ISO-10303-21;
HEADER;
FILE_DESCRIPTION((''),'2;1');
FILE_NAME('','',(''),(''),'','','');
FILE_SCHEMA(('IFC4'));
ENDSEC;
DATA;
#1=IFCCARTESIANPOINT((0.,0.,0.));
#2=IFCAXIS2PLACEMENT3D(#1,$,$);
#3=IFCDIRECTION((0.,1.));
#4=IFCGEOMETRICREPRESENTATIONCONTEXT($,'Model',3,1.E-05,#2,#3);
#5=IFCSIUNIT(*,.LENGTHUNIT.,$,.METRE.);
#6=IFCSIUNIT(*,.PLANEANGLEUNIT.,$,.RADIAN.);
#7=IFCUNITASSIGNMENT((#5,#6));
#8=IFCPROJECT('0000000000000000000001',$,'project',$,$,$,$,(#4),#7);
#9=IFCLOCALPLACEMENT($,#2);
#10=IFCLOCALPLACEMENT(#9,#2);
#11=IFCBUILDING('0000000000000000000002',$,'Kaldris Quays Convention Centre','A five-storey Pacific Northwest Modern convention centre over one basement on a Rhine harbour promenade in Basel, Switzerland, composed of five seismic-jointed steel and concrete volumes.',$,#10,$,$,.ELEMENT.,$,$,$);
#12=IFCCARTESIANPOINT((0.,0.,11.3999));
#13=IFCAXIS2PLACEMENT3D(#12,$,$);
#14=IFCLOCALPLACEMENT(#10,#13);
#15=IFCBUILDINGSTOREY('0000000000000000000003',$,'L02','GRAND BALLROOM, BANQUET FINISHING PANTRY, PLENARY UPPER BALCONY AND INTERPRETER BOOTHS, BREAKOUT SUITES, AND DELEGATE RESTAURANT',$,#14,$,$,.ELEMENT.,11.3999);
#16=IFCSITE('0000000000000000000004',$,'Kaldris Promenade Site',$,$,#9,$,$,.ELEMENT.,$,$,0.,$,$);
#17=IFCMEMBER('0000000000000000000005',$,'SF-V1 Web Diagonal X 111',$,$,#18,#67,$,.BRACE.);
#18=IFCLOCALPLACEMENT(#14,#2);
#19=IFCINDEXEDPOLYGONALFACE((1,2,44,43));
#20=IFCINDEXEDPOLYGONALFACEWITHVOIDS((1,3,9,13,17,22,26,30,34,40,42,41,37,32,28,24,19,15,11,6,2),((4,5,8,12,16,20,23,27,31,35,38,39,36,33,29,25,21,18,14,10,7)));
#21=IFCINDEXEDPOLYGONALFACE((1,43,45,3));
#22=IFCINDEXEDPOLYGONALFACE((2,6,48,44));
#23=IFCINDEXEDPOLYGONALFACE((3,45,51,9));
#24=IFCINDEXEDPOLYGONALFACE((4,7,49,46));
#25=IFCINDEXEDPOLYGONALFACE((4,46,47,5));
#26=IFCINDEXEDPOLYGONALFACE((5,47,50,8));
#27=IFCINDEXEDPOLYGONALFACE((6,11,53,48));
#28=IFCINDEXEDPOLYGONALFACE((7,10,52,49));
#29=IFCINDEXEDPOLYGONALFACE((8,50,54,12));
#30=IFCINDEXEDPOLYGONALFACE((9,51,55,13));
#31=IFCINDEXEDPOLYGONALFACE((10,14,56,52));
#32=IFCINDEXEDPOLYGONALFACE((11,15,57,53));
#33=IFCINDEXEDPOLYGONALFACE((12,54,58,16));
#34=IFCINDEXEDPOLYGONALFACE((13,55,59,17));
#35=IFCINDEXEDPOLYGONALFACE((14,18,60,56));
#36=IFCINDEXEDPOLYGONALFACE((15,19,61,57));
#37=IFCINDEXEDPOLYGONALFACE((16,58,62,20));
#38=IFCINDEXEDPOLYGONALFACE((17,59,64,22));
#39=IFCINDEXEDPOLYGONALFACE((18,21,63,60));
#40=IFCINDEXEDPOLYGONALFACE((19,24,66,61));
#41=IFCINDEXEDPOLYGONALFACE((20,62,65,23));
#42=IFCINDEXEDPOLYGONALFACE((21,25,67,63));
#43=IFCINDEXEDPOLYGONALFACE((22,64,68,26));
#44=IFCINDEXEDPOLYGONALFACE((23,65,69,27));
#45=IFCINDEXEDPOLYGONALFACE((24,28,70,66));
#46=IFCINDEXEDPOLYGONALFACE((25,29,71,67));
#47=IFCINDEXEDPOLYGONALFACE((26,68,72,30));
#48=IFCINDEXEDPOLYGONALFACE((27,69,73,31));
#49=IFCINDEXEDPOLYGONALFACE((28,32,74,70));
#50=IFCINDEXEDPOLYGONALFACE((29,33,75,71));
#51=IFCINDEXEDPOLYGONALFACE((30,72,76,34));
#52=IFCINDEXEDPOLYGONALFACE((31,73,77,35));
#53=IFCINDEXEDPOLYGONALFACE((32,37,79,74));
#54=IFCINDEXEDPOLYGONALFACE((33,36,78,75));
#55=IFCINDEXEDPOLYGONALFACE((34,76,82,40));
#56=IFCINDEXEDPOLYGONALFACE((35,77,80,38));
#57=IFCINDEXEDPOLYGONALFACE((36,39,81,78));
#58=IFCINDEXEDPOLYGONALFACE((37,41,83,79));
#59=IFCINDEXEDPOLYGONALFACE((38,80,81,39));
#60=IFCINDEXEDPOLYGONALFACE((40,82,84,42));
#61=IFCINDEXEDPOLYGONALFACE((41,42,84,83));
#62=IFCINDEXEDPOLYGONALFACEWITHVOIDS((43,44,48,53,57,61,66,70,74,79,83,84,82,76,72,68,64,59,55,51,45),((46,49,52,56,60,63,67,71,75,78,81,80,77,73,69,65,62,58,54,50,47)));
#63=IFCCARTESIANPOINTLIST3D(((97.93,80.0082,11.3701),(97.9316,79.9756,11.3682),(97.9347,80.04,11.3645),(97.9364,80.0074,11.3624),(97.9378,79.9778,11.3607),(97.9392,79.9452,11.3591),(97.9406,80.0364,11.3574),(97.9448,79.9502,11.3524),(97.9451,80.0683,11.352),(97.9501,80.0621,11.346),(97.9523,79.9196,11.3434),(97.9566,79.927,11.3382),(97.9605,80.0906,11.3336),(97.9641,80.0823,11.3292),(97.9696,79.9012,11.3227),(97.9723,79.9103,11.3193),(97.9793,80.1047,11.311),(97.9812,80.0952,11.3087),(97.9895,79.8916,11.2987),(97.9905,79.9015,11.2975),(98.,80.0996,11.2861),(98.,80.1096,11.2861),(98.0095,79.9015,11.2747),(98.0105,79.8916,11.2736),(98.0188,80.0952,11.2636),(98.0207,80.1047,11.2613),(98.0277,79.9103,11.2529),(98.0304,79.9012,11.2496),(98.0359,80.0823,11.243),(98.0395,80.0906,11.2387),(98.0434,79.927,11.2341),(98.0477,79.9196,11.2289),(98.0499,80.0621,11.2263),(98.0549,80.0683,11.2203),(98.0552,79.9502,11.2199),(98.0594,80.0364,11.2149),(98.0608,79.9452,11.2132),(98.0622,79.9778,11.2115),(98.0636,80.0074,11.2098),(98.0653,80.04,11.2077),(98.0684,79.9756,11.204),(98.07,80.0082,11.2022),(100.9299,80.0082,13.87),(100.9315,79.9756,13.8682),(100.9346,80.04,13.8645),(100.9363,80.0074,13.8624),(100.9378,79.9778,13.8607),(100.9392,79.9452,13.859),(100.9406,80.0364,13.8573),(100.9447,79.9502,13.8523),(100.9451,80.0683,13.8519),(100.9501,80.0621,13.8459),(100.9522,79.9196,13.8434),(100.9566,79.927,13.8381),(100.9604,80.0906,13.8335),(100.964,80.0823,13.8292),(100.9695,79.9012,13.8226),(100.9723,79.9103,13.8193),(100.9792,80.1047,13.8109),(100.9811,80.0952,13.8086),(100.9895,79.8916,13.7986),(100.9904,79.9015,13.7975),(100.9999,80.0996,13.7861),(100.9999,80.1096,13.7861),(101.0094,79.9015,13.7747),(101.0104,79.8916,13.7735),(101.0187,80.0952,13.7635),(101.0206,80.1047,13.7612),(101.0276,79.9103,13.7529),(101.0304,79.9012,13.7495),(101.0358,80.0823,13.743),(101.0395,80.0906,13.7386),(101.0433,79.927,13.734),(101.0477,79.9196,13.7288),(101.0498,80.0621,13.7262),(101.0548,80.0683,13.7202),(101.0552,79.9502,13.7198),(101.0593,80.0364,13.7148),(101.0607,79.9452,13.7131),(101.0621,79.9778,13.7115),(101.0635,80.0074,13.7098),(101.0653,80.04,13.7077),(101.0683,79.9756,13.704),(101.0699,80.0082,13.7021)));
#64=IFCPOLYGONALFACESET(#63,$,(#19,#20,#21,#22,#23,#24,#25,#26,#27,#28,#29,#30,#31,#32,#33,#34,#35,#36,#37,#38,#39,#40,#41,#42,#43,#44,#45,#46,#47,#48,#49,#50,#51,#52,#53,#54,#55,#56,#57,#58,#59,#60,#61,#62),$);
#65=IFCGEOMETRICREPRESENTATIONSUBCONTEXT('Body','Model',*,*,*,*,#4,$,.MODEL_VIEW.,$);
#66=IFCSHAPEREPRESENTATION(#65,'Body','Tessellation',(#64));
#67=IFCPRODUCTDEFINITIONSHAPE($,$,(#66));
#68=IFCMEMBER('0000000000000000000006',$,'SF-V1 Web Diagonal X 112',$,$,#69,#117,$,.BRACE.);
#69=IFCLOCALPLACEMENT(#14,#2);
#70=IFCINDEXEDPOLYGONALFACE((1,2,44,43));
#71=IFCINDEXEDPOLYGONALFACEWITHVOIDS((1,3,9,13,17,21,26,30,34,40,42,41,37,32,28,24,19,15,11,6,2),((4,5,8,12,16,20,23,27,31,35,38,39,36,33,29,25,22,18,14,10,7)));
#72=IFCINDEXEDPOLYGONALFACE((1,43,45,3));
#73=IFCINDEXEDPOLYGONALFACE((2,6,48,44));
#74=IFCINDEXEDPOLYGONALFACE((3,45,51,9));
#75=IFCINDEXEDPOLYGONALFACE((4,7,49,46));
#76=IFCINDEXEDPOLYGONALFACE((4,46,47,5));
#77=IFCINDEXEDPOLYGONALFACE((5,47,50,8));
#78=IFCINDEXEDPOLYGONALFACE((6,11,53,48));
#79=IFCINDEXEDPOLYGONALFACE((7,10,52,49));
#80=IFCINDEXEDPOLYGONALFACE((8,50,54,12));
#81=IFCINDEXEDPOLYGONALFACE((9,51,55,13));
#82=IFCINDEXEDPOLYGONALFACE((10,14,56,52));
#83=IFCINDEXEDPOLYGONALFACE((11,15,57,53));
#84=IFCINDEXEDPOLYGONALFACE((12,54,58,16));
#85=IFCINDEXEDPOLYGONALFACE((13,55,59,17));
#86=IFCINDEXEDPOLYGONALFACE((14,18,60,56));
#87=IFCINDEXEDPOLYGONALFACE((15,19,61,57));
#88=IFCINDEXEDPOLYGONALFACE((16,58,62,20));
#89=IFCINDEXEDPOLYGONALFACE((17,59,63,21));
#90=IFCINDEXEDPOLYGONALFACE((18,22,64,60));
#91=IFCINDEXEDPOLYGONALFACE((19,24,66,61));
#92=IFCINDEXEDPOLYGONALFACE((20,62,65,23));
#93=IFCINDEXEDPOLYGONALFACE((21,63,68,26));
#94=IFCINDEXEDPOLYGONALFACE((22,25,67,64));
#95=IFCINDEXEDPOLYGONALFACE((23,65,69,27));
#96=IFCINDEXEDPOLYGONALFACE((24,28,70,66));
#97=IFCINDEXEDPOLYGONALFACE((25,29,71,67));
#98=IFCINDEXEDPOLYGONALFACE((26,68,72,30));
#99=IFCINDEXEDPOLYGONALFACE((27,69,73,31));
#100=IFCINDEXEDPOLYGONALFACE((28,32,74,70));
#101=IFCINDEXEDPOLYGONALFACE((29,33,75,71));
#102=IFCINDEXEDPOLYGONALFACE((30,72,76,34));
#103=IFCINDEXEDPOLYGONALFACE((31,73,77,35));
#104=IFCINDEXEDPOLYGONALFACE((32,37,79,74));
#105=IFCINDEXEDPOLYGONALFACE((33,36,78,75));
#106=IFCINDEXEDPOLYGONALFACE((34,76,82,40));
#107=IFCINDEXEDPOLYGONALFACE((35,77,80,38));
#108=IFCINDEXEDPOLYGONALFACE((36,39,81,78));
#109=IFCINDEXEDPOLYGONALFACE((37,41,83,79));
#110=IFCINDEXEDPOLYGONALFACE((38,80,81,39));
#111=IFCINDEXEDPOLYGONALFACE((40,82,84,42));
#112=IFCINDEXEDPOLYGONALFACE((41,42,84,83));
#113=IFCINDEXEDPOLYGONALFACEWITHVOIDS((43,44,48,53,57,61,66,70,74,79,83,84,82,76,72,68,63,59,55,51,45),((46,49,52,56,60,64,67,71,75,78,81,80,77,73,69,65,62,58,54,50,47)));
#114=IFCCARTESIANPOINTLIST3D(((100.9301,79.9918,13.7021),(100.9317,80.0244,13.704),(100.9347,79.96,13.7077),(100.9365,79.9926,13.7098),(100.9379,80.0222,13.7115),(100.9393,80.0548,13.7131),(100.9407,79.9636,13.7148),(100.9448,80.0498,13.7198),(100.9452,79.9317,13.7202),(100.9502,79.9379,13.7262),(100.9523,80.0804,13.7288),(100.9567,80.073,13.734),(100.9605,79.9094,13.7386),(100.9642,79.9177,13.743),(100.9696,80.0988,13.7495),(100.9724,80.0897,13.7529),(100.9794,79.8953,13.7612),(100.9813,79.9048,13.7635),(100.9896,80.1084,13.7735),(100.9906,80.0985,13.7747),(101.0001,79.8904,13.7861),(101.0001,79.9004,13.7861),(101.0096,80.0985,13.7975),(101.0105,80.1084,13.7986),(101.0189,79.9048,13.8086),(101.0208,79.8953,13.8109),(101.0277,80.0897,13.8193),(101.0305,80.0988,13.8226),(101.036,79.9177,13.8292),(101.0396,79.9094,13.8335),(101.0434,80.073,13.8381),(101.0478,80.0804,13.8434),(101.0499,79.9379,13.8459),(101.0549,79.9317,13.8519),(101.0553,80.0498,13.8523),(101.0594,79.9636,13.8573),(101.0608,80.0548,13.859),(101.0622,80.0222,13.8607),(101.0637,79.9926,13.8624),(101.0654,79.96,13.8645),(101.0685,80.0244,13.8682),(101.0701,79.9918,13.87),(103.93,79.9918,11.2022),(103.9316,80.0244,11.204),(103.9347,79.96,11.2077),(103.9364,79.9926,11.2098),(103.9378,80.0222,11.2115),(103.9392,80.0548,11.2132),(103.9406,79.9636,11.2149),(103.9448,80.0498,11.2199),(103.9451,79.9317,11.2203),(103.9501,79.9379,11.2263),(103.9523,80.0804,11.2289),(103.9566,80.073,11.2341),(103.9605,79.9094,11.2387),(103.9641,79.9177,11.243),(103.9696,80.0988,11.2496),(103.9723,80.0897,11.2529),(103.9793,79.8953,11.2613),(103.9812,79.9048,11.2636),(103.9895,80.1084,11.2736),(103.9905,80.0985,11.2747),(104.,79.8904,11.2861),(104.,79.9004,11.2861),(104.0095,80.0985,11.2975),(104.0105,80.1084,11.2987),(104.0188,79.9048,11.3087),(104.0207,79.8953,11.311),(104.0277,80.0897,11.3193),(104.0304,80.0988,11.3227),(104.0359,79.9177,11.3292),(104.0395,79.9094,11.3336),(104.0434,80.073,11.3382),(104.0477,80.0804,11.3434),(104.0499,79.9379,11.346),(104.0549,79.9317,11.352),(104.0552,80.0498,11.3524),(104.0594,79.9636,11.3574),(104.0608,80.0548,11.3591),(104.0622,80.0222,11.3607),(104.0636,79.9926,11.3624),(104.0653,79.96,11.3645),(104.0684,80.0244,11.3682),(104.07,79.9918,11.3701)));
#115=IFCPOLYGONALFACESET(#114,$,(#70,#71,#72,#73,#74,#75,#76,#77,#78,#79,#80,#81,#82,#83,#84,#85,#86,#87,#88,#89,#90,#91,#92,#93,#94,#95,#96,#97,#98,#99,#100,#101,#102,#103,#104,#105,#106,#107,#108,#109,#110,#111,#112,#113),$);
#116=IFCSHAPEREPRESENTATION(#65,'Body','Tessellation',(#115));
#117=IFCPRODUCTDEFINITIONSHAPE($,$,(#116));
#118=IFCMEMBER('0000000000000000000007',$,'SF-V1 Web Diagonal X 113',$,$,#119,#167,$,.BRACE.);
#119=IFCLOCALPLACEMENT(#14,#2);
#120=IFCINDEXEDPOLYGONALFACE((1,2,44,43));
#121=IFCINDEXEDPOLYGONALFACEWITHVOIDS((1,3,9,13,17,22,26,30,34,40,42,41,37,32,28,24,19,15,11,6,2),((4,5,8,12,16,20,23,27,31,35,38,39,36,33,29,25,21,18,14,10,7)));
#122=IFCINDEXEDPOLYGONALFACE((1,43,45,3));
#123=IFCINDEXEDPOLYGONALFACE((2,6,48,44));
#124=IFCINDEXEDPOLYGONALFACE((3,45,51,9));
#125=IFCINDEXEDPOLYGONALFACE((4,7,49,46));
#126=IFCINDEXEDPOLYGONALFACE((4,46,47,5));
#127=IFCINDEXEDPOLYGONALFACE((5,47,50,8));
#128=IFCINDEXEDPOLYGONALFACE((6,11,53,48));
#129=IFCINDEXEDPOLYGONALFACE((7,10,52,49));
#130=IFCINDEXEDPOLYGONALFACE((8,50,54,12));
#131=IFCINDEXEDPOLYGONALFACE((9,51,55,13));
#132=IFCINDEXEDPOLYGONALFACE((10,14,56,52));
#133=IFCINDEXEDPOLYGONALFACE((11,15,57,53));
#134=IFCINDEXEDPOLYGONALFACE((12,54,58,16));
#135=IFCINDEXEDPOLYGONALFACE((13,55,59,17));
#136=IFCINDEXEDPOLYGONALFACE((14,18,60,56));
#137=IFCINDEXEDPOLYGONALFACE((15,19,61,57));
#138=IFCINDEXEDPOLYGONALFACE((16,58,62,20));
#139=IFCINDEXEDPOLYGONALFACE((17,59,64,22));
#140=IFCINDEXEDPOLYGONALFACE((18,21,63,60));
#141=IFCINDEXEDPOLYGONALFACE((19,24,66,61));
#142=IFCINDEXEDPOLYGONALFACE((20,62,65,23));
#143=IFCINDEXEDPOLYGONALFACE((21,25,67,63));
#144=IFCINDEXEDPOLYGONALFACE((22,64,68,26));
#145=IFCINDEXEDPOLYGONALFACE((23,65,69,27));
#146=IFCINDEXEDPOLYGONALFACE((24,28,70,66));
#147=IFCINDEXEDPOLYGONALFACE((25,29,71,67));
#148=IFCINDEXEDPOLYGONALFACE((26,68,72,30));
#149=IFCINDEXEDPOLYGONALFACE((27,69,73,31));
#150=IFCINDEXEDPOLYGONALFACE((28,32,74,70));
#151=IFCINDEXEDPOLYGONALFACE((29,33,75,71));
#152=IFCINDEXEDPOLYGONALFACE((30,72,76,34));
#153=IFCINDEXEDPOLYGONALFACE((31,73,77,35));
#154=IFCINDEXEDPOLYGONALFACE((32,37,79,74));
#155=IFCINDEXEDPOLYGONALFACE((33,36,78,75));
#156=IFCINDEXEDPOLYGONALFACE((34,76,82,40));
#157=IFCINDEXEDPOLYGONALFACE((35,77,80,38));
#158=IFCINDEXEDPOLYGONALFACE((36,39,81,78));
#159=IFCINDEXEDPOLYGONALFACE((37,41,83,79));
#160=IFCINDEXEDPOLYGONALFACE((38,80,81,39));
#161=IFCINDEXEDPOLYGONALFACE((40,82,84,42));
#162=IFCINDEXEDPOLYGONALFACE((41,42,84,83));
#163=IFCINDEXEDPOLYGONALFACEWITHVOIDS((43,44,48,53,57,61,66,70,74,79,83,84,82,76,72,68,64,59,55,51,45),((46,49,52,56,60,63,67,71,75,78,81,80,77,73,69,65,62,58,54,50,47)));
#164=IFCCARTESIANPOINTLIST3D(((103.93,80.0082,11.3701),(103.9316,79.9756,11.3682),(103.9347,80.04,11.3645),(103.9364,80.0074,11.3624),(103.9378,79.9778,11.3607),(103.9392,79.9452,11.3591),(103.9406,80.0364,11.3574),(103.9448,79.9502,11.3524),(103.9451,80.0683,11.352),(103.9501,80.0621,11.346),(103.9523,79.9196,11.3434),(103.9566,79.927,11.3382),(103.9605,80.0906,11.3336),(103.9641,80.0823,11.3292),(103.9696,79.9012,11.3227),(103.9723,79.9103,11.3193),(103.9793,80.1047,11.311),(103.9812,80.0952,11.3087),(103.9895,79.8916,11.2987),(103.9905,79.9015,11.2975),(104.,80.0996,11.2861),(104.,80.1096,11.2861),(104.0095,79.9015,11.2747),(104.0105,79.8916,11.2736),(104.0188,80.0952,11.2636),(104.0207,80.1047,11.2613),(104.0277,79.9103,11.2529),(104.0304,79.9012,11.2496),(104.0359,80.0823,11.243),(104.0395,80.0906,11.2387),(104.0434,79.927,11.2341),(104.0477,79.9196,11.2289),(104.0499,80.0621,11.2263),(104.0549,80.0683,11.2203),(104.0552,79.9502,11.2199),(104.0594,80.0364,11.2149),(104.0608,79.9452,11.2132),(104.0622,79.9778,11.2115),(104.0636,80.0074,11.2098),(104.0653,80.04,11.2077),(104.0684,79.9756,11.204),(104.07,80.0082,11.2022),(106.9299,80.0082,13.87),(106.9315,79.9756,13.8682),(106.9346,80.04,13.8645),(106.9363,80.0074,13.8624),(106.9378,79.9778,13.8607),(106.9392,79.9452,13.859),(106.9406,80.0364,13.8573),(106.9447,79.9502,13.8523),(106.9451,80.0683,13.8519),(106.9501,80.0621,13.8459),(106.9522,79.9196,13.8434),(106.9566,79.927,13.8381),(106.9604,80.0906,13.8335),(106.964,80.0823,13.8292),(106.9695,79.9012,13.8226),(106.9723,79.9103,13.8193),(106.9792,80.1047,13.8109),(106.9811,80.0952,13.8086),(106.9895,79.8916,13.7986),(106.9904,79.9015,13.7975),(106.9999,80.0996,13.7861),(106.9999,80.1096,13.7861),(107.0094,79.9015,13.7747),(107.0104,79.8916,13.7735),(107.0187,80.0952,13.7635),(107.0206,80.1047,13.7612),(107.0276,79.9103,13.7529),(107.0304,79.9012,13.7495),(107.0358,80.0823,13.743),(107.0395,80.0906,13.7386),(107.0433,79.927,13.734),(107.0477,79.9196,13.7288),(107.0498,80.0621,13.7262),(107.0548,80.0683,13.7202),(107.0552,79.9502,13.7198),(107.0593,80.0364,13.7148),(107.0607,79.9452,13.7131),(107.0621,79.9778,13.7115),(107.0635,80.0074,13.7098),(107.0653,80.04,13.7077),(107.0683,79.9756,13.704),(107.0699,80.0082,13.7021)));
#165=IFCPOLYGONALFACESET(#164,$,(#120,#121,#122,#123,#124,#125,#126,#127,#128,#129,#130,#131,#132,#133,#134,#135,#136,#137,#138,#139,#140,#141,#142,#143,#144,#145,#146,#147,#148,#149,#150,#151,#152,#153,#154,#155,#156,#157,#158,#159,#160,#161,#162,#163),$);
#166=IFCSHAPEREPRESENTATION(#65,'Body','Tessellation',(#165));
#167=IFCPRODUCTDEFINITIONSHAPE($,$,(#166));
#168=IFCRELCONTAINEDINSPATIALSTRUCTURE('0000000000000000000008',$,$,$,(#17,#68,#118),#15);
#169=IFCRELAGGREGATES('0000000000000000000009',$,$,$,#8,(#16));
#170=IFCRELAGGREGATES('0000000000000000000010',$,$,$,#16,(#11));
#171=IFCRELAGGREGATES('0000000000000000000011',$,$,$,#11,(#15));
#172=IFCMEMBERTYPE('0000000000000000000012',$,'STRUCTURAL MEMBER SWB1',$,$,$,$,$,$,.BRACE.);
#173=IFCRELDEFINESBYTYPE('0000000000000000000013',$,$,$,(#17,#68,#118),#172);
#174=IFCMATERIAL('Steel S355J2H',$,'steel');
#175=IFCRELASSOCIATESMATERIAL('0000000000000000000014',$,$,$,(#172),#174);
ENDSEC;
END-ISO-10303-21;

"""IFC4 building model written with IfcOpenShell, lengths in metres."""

from ifc_helpers import new_model, si_unit, direction, frame, origin, origin_2d, place, context, subcontext, project, spatial, hollow_circle, extrude, material, material_profile, profile_set, type_object, element, save


model = new_model("IFC4")

# Units and contexts
model_context = context("Model", 3, precision=1e-05, world=origin(), true_north=direction((0.0, 1.0)))
body_context = subcontext(model_context, "Body", "Model", "MODEL_VIEW")
ifc_project = project(units=[si_unit("LENGTHUNIT", "METRE"), si_unit("PLANEANGLEUNIT", "RADIAN")], contexts=[model_context])

# Site, building, storey
site_placement = place(None, origin())
site = spatial("IfcSite", under=ifc_project, at=site_placement, Name="Kaldris Promenade Site", CompositionType="ELEMENT", RefElevation=0.0)
building_placement = place(site_placement, origin())
building = spatial("IfcBuilding", under=site, at=building_placement, Name="Kaldris Quays Convention Centre", Description="A five-storey Pacific Northwest Modern convention centre over one basement on a Rhine harbour promenade in Basel, Switzerland, composed of five seismic-jointed steel and concrete volumes.", CompositionType="ELEMENT")
storey_placement = place(building_placement, frame((0.0, 0.0, 11.3999)))
storey = spatial("IfcBuildingStorey", under=building, at=storey_placement, Name="L02", Description="GRAND BALLROOM, BANQUET FINISHING PANTRY, PLENARY UPPER BALCONY AND INTERPRETER BOOTHS, BREAKOUT SUITES, AND DELEGATE RESTAURANT", CompositionType="ELEMENT", Elevation=11.3999)

# Members
ifc_material = material(Name="Steel S355J2H", Category="steel")
ifc_material_profile_1 = material_profile(ifc_material, hollow_circle(Radius=0.1096, WallThickness=0.01, at=origin_2d()), Name="CHS 219.1x10")
ifc_profile_set_1 = profile_set([ifc_material_profile_1], Name="Steel S355J2H")
member_type_1 = type_object("IfcMemberType", Name="STRUCTURAL MEMBER SWB1", PredefinedType="BRACE", material=ifc_profile_set_1)
for number, where, z_axis, x_axis, name in (
    (1, (98.0, 80.0, 11.2861), (0.768221, 0.0, 0.640184), (0.0, 1.0, 0.0), "SF-V1 Web Diagonal X 111"),
    (2, (104.0, 80.0, 11.2861), (-0.768221, 0.0, 0.640184), (0.0, -1.0, 0.0), "SF-V1 Web Diagonal X 112"),
    (3, (104.0, 80.0, 11.2861), (0.768221, 0.0, 0.640184), (0.0, 1.0, 0.0), "SF-V1 Web Diagonal X 113"),
):
    element("IfcMember", number, at=place(storey_placement, frame(where, z_axis=z_axis, x_axis=x_axis)), inside=storey, type_object=member_type_1, Name=name, PredefinedType="BRACE", context=body_context, shape_type="SweptSolid", body=[
        extrude(hollow_circle(Radius=0.1096, WallThickness=0.01, at=origin_2d()), origin(), (0.0, 0.0, 1.0), 3.905),
    ])

save(model, "model.ifc")
